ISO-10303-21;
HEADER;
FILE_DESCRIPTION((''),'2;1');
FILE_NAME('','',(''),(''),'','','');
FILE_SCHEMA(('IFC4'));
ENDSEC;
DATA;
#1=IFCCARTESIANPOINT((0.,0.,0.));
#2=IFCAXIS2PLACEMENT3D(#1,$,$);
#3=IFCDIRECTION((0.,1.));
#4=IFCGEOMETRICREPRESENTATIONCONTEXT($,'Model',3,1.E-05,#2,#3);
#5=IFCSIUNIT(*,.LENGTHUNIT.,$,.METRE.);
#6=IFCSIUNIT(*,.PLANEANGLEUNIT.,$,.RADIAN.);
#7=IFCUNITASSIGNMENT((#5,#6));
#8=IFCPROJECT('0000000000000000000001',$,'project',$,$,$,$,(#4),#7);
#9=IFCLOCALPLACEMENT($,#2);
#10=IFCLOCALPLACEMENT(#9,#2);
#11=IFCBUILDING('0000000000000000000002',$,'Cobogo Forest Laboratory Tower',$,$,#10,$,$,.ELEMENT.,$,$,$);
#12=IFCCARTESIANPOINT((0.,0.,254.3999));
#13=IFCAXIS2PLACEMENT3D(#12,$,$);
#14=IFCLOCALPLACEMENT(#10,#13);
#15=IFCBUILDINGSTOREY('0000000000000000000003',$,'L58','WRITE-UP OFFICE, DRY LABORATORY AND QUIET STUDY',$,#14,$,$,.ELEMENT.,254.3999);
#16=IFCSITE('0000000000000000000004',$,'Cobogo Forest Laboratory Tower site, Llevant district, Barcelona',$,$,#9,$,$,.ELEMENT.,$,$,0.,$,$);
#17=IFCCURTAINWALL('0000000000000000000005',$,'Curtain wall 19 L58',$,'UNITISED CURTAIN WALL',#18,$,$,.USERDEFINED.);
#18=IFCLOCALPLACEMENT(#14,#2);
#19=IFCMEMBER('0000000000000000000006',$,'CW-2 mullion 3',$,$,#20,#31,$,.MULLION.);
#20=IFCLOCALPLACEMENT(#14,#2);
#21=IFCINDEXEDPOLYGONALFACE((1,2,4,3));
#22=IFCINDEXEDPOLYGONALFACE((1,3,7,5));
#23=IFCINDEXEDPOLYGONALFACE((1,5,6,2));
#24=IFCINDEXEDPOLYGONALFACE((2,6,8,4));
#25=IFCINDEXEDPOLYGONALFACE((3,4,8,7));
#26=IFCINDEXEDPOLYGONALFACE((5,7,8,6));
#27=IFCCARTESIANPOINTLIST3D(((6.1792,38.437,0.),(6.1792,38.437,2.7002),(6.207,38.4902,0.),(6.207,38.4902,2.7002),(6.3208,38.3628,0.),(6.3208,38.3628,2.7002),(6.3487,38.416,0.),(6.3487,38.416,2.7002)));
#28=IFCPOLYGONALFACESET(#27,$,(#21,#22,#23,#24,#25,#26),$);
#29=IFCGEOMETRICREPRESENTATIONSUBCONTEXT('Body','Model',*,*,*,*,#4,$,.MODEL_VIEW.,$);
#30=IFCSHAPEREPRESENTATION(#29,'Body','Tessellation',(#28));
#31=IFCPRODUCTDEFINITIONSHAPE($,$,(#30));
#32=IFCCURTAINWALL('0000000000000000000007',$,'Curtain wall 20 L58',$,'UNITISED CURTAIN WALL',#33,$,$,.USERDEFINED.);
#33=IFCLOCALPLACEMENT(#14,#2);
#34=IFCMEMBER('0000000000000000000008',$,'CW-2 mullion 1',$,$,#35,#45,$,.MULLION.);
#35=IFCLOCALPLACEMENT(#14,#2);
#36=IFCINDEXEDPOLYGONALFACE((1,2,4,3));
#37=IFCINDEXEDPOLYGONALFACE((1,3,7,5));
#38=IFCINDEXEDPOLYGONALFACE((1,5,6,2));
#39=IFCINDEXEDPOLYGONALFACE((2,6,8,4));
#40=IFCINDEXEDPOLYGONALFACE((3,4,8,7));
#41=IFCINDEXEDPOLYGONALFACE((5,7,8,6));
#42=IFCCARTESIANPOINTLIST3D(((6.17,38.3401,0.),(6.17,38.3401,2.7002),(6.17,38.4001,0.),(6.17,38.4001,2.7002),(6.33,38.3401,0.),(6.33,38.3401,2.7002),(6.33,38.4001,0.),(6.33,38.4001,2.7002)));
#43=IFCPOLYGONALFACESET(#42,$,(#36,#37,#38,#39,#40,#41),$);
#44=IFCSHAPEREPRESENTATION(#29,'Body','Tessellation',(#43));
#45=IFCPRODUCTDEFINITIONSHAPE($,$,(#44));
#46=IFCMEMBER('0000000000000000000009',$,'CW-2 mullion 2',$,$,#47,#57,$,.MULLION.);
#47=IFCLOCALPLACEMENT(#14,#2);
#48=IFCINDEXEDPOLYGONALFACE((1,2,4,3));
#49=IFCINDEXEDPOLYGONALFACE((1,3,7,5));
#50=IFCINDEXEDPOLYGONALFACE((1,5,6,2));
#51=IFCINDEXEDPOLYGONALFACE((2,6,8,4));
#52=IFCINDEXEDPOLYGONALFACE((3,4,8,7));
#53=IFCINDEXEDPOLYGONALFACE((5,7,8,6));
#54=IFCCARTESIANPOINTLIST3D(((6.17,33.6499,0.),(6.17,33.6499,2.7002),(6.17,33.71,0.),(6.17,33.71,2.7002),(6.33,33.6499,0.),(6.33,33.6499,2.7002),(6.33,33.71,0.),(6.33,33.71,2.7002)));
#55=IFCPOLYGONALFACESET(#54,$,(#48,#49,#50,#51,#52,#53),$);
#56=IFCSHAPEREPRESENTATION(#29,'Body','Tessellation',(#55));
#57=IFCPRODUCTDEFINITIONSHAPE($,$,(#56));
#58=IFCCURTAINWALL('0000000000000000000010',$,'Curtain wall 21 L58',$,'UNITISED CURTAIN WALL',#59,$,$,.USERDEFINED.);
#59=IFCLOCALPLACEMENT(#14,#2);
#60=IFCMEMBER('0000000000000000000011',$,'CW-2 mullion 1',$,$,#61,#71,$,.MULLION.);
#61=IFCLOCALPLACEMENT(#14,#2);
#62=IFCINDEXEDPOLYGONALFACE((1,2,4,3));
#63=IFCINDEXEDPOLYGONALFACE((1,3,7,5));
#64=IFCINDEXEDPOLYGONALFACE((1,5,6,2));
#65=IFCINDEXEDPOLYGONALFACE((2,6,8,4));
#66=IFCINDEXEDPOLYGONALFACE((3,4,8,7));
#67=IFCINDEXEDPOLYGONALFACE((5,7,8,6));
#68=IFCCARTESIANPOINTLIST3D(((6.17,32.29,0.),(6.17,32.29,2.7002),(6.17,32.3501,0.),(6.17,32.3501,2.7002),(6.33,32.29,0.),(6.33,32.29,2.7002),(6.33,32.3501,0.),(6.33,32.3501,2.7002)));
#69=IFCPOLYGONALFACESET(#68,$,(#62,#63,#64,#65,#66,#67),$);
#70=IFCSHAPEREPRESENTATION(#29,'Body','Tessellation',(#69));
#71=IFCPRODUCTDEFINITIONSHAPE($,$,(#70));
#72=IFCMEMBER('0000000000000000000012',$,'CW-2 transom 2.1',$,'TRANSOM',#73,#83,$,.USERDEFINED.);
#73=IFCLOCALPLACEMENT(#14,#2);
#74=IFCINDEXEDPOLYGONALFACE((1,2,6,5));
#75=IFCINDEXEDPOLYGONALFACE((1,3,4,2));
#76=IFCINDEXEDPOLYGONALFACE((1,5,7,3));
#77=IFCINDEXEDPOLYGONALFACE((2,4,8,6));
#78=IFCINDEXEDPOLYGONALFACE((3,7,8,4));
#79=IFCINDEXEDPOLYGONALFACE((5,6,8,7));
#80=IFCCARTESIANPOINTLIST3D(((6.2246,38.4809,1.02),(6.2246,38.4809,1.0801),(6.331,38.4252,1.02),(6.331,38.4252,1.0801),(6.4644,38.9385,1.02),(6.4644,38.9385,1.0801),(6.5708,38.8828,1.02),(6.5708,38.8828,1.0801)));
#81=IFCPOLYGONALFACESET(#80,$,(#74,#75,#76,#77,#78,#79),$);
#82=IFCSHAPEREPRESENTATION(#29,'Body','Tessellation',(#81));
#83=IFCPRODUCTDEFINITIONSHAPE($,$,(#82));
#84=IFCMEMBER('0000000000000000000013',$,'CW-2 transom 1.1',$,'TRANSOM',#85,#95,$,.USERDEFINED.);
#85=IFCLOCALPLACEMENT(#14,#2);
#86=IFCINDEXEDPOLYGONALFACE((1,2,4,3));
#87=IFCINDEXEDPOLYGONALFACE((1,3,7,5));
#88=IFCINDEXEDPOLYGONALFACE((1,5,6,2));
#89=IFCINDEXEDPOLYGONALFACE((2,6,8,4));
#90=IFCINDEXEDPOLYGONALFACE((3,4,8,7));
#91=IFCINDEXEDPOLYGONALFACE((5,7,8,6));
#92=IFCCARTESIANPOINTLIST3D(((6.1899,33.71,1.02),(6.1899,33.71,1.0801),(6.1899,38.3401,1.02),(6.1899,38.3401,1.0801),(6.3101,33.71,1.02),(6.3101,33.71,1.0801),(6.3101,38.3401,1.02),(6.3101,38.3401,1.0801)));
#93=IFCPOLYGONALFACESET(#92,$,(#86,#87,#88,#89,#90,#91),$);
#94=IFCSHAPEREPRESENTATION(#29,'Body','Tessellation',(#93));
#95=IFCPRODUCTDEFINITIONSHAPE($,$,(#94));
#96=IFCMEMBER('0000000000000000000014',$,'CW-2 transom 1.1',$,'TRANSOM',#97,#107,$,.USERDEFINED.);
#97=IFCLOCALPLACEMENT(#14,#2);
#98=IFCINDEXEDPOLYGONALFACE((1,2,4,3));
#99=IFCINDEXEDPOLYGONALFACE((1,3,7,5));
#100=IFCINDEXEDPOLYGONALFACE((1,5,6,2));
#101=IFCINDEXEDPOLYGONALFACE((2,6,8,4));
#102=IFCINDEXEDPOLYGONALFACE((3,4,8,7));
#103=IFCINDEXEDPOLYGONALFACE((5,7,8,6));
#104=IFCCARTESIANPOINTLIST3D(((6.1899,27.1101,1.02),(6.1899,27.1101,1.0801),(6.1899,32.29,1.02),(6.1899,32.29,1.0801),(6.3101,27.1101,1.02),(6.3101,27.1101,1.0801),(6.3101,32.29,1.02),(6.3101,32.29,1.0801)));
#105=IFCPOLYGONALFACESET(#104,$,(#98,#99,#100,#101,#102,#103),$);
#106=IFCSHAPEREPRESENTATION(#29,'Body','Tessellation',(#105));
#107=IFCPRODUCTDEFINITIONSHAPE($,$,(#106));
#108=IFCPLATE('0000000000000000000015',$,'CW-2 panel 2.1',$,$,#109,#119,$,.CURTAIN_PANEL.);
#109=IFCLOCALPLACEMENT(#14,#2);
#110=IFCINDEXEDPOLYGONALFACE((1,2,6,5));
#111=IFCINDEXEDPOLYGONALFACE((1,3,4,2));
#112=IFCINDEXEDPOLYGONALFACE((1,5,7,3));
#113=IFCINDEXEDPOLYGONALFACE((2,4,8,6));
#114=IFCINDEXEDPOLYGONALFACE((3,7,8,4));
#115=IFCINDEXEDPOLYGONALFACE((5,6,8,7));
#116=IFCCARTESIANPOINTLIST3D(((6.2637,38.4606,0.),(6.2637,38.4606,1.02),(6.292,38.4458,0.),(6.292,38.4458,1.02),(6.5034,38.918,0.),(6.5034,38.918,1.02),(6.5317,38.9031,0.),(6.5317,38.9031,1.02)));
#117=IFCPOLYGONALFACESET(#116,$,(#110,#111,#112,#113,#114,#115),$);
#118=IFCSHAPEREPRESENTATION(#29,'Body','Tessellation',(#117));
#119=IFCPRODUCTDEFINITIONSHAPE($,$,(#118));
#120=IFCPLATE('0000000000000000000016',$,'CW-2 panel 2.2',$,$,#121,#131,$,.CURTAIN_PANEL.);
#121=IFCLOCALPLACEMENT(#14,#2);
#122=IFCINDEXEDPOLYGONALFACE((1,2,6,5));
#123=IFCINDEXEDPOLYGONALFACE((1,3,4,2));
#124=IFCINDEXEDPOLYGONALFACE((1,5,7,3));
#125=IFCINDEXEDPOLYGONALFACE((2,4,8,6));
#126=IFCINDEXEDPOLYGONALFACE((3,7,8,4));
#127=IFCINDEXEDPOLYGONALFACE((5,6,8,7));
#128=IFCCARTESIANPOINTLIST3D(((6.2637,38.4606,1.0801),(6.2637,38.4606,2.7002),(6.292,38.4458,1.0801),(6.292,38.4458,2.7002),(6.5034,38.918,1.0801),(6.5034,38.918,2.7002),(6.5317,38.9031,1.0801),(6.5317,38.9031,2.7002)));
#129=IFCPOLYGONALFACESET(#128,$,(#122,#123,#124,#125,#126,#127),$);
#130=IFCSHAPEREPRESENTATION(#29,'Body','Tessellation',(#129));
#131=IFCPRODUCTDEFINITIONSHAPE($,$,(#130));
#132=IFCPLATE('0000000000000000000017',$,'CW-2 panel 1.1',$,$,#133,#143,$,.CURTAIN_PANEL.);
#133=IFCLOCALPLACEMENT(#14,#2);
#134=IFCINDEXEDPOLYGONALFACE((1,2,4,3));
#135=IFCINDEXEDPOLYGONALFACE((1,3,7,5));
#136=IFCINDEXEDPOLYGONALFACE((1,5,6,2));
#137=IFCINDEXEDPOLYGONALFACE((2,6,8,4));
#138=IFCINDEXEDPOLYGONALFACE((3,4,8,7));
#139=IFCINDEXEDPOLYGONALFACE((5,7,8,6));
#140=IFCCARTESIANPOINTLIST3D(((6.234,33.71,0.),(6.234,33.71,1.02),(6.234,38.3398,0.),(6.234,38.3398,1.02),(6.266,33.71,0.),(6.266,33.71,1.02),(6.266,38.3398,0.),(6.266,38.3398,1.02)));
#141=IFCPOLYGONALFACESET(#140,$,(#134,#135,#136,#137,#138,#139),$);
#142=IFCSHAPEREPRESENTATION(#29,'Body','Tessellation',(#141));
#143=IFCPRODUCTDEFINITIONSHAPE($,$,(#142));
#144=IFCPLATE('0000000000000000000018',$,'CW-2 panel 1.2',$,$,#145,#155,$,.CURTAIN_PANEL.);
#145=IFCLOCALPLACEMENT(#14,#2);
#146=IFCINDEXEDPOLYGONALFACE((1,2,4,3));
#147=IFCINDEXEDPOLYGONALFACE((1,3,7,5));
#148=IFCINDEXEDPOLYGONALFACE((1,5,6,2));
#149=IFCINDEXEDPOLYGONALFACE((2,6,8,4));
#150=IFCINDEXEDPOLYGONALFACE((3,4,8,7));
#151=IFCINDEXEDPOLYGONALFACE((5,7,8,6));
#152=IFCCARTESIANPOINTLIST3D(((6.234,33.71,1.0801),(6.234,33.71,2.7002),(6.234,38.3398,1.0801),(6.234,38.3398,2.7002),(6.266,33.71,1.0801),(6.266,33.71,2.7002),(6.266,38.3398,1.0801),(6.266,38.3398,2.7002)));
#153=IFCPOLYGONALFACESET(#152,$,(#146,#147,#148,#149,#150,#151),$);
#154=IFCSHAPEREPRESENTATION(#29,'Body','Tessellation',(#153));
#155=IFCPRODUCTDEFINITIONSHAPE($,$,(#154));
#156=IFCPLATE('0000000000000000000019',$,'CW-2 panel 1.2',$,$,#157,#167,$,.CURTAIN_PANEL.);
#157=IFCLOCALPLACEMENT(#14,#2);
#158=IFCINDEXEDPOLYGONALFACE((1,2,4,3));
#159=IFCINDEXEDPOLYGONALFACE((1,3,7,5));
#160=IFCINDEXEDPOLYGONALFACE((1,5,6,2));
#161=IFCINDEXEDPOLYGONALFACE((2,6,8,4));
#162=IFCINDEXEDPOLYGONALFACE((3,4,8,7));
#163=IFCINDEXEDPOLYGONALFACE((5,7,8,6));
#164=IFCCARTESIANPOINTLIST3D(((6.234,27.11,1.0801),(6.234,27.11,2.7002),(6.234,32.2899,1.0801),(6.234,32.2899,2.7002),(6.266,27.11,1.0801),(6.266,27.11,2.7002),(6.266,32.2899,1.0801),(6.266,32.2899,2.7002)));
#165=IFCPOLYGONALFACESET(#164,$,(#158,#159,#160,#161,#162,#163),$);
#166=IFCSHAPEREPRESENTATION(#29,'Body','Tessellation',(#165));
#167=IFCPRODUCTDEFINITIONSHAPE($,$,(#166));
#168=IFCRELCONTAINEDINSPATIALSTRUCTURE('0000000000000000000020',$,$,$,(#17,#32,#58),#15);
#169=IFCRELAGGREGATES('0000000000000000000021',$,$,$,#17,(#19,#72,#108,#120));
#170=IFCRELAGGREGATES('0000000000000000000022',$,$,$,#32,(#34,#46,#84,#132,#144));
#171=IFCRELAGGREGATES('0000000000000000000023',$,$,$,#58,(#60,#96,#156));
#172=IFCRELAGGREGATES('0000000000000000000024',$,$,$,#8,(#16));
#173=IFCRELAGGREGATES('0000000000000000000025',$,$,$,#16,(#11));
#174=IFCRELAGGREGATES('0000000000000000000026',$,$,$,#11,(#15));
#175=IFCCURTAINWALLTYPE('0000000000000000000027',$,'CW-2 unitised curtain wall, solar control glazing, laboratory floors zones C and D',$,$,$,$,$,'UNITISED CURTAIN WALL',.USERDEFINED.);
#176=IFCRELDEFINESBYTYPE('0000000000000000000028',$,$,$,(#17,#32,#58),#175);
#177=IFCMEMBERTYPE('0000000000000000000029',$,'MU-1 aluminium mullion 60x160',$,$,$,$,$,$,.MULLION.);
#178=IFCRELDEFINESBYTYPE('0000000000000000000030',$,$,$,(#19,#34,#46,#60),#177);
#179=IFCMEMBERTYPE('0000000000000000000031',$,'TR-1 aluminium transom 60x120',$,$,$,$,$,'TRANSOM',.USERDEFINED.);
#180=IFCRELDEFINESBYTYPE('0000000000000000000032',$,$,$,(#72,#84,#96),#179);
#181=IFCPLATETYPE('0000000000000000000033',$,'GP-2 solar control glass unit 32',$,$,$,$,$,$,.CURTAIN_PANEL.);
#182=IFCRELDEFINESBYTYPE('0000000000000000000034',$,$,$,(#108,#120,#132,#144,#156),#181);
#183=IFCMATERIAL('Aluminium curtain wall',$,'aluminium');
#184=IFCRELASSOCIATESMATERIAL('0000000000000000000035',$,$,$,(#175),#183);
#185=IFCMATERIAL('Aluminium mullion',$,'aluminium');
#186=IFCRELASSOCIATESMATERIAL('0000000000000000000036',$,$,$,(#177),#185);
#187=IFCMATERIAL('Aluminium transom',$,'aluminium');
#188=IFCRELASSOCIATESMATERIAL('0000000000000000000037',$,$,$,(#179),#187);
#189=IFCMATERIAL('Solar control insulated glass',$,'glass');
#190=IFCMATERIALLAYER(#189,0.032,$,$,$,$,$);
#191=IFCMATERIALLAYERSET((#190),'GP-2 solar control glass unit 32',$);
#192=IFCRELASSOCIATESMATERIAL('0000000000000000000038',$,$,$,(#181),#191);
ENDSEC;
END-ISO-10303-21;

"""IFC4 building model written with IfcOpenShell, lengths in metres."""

from ifc_helpers import new_model, si_unit, direction, frame, origin, origin_2d, place, context, subcontext, project, spatial, rectangle, extrude, material, layer, layer_set, material_profile, profile_set, type_object, element, aggregate, save


model = new_model("IFC4")

# Units and contexts
model_context = context("Model", 3, precision=1e-05, world=origin(), true_north=direction((0.0, 1.0)))
body_context = subcontext(model_context, "Body", "Model", "MODEL_VIEW")
ifc_project = project(units=[si_unit("LENGTHUNIT", "METRE"), si_unit("PLANEANGLEUNIT", "RADIAN")], contexts=[model_context])

# Site, building, storey
site_placement = place(None, origin())
site = spatial("IfcSite", under=ifc_project, at=site_placement, Name="Cobogo Forest Laboratory Tower site, Llevant district, Barcelona", CompositionType="ELEMENT", RefElevation=0.0)
building_placement = place(site_placement, origin())
building = spatial("IfcBuilding", under=site, at=building_placement, Name="Cobogo Forest Laboratory Tower", CompositionType="ELEMENT")
storey_placement = place(building_placement, frame((0.0, 0.0, 254.3999)))
storey = spatial("IfcBuildingStorey", under=building, at=storey_placement, Name="L58", Description="WRITE-UP OFFICE, DRY LABORATORY AND QUIET STUDY", CompositionType="ELEMENT", Elevation=254.3999)

# Curtain wall, member
ifc_material_1 = material(Name="Aluminium curtain wall", Category="aluminium")
curtain_wall_type = type_object("IfcCurtainWallType", Name="CW-2 unitised curtain wall, solar control glazing, laboratory floors zones C and D", ElementType="UNITISED CURTAIN WALL", PredefinedType="USERDEFINED", material=ifc_material_1)
curtain_wall_1_placement = place(storey_placement, origin())
curtain_wall_1 = element("IfcCurtainWall", 1, at=curtain_wall_1_placement, inside=storey, type_object=curtain_wall_type, Name="Curtain wall 19 L58", ObjectType="UNITISED CURTAIN WALL", PredefinedType="USERDEFINED")
ifc_material_2 = material(Name="Aluminium mullion", Category="aluminium")
ifc_material_profile_1 = material_profile(ifc_material_2, rectangle(XDim=0.0601, YDim=0.1599, at=origin_2d()), Name="AL 60x160")
ifc_profile_set_1 = profile_set([ifc_material_profile_1], Name="Aluminium mullion")
member_type_1 = type_object("IfcMemberType", Name="MU-1 aluminium mullion 60x160", PredefinedType="MULLION", material=ifc_profile_set_1)
member_1_placement = place(storey_placement, frame((6.2639, 38.4265, 0.0), z_axis=(0.0, 0.0, 1.0), x_axis=(-0.464284, -0.885686, 0.0)))
member_1 = element("IfcMember", 2, at=member_1_placement, type_object=member_type_1, Name="CW-2 mullion 3", PredefinedType="MULLION", context=body_context, shape_type="SweptSolid", body=[
    extrude(rectangle(XDim=0.0601, YDim=0.1599, at=origin_2d()), origin(), (0.0, 0.0, 1.0), 2.7002),
])

# Curtain wall, members
curtain_wall_2_placement = place(storey_placement, origin())
curtain_wall_2 = element("IfcCurtainWall", 3, at=curtain_wall_2_placement, inside=storey, type_object=curtain_wall_type, Name="Curtain wall 20 L58", ObjectType="UNITISED CURTAIN WALL", PredefinedType="USERDEFINED")
member_2_placement = place(storey_placement, frame((6.25, 38.3701, 0.0), z_axis=(0.0, 0.0, 1.0), x_axis=(0.0, -1.0, 0.0)))
member_2 = element("IfcMember", 4, at=member_2_placement, type_object=member_type_1, Name="CW-2 mullion 1", PredefinedType="MULLION", context=body_context, shape_type="SweptSolid", body=[
    extrude(rectangle(XDim=0.0601, YDim=0.1599, at=origin_2d()), origin(), (0.0, 0.0, 1.0), 2.7002),
])
member_3_placement = place(storey_placement, frame((6.25, 33.6799, 0.0), z_axis=(0.0, 0.0, 1.0), x_axis=(0.0, -1.0, 0.0)))
member_3 = element("IfcMember", 5, at=member_3_placement, type_object=member_type_1, Name="CW-2 mullion 2", PredefinedType="MULLION", context=body_context, shape_type="SweptSolid", body=[
    extrude(rectangle(XDim=0.0601, YDim=0.1599, at=origin_2d()), origin(), (0.0, 0.0, 1.0), 2.7002),
])

# Curtain wall, member
curtain_wall_3_placement = place(storey_placement, origin())
curtain_wall_3 = element("IfcCurtainWall", 6, at=curtain_wall_3_placement, inside=storey, type_object=curtain_wall_type, Name="Curtain wall 21 L58", ObjectType="UNITISED CURTAIN WALL", PredefinedType="USERDEFINED")
member_4_placement = place(storey_placement, frame((6.25, 32.3201, 0.0), z_axis=(0.0, 0.0, 1.0), x_axis=(0.0, -1.0, 0.0)))
member_4 = element("IfcMember", 7, at=member_4_placement, type_object=member_type_1, Name="CW-2 mullion 1", PredefinedType="MULLION", context=body_context, shape_type="SweptSolid", body=[
    extrude(rectangle(XDim=0.0601, YDim=0.1599, at=origin_2d()), origin(), (0.0, 0.0, 1.0), 2.7002),
])

# Members
ifc_material_3 = material(Name="Aluminium transom", Category="aluminium")
ifc_material_profile_2 = material_profile(ifc_material_3, rectangle(XDim=0.1201, YDim=0.0601, at=origin_2d()), Name="AL 60x120")
ifc_profile_set_2 = profile_set([ifc_material_profile_2], Name="Aluminium transom")
member_type_2 = type_object("IfcMemberType", Name="TR-1 aluminium transom 60x120", ElementType="TRANSOM", PredefinedType="USERDEFINED", material=ifc_profile_set_2)
member_5_placement = place(storey_placement, frame((6.5176, 38.9106, 1.05), z_axis=(-0.464148, -0.885758, 0.0), x_axis=(0.885758, -0.464148, 0.0)))
member_5 = element("IfcMember", 8, at=member_5_placement, type_object=member_type_2, Name="CW-2 transom 2.1", ObjectType="TRANSOM", PredefinedType="USERDEFINED", context=body_context, shape_type="SweptSolid", body=[
    extrude(rectangle(XDim=0.1201, YDim=0.0601, at=origin_2d()), origin(), (0.0, 0.0, 1.0), 0.5166),
])
member_6_placement = place(storey_placement, frame((6.25, 38.3401, 1.05), z_axis=(0.0, -1.0, 0.0), x_axis=(1.0, 0.0, 0.0)))
member_6 = element("IfcMember", 9, at=member_6_placement, type_object=member_type_2, Name="CW-2 transom 1.1", ObjectType="TRANSOM", PredefinedType="USERDEFINED", context=body_context, shape_type="SweptSolid", body=[
    extrude(rectangle(XDim=0.1201, YDim=0.0601, at=origin_2d()), origin(), (0.0, 0.0, 1.0), 4.6301),
])
member_7_placement = place(storey_placement, frame((6.25, 32.29, 1.05), z_axis=(0.0, -1.0, 0.0), x_axis=(1.0, 0.0, 0.0)))
member_7 = element("IfcMember", 10, at=member_7_placement, type_object=member_type_2, Name="CW-2 transom 1.1", ObjectType="TRANSOM", PredefinedType="USERDEFINED", context=body_context, shape_type="SweptSolid", body=[
    extrude(rectangle(XDim=0.1201, YDim=0.0601, at=origin_2d()), origin(), (0.0, 0.0, 1.0), 5.1799),
])

# Plates
ifc_material_4 = material(Name="Solar control insulated glass", Category="glass")
ifc_layer = layer(ifc_material_4, 0.032)
ifc_layer_set = layer_set([ifc_layer], Name="GP-2 solar control glass unit 32")
plate_type = type_object("IfcPlateType", Name="GP-2 solar control glass unit 32", PredefinedType="CURTAIN_PANEL", material=ifc_layer_set)
plate_1_placement = place(storey_placement, frame((6.3977, 38.6819, 0.0), z_axis=(0.0, 0.0, 1.0), x_axis=(-0.464284, -0.885686, 0.0)))
plate_1 = element("IfcPlate", 11, at=plate_1_placement, type_object=plate_type, Name="CW-2 panel 2.1", PredefinedType="CURTAIN_PANEL", context=body_context, shape_type="SweptSolid", body=[
    extrude(rectangle(XDim=0.5164, YDim=0.032, at=origin_2d()), origin(), (0.0, 0.0, 1.0), 1.02),
])
plate_2_placement = place(storey_placement, frame((6.3977, 38.6819, 1.0801), z_axis=(0.0, 0.0, 1.0), x_axis=(-0.464284, -0.885686, 0.0)))
plate_2 = element("IfcPlate", 12, at=plate_2_placement, type_object=plate_type, Name="CW-2 panel 2.2", PredefinedType="CURTAIN_PANEL", context=body_context, shape_type="SweptSolid", body=[
    extrude(rectangle(XDim=0.5164, YDim=0.032, at=origin_2d()), origin(), (0.0, 0.0, 1.0), 1.6201),
])
aggregate(curtain_wall_1, [member_1, member_5, plate_1, plate_2])
plate_3_placement = place(storey_placement, frame((6.25, 36.0249, 0.0), z_axis=(0.0, 0.0, 1.0), x_axis=(0.0, -1.0, 0.0)))
plate_3 = element("IfcPlate", 13, at=plate_3_placement, type_object=plate_type, Name="CW-2 panel 1.1", PredefinedType="CURTAIN_PANEL", context=body_context, shape_type="SweptSolid", body=[
    extrude(rectangle(XDim=4.6299, YDim=0.032, at=origin_2d()), origin(), (0.0, 0.0, 1.0), 1.02),
])
plate_4_placement = place(storey_placement, frame((6.25, 36.0249, 1.0801), z_axis=(0.0, 0.0, 1.0), x_axis=(0.0, -1.0, 0.0)))
plate_4 = element("IfcPlate", 14, at=plate_4_placement, type_object=plate_type, Name="CW-2 panel 1.2", PredefinedType="CURTAIN_PANEL", context=body_context, shape_type="SweptSolid", body=[
    extrude(rectangle(XDim=4.6299, YDim=0.032, at=origin_2d()), origin(), (0.0, 0.0, 1.0), 1.6201),
])
aggregate(curtain_wall_2, [member_2, member_3, member_6, plate_3, plate_4])
plate_5_placement = place(storey_placement, frame((6.25, 29.7, 1.0801), z_axis=(0.0, 0.0, 1.0), x_axis=(0.0, -1.0, 0.0)))
plate_5 = element("IfcPlate", 15, at=plate_5_placement, type_object=plate_type, Name="CW-2 panel 1.2", PredefinedType="CURTAIN_PANEL", context=body_context, shape_type="SweptSolid", body=[
    extrude(rectangle(XDim=5.1799, YDim=0.032, at=origin_2d()), origin(), (0.0, 0.0, 1.0), 1.6201),
])
aggregate(curtain_wall_3, [member_4, member_7, plate_5])

save(model, "model.ifc")
